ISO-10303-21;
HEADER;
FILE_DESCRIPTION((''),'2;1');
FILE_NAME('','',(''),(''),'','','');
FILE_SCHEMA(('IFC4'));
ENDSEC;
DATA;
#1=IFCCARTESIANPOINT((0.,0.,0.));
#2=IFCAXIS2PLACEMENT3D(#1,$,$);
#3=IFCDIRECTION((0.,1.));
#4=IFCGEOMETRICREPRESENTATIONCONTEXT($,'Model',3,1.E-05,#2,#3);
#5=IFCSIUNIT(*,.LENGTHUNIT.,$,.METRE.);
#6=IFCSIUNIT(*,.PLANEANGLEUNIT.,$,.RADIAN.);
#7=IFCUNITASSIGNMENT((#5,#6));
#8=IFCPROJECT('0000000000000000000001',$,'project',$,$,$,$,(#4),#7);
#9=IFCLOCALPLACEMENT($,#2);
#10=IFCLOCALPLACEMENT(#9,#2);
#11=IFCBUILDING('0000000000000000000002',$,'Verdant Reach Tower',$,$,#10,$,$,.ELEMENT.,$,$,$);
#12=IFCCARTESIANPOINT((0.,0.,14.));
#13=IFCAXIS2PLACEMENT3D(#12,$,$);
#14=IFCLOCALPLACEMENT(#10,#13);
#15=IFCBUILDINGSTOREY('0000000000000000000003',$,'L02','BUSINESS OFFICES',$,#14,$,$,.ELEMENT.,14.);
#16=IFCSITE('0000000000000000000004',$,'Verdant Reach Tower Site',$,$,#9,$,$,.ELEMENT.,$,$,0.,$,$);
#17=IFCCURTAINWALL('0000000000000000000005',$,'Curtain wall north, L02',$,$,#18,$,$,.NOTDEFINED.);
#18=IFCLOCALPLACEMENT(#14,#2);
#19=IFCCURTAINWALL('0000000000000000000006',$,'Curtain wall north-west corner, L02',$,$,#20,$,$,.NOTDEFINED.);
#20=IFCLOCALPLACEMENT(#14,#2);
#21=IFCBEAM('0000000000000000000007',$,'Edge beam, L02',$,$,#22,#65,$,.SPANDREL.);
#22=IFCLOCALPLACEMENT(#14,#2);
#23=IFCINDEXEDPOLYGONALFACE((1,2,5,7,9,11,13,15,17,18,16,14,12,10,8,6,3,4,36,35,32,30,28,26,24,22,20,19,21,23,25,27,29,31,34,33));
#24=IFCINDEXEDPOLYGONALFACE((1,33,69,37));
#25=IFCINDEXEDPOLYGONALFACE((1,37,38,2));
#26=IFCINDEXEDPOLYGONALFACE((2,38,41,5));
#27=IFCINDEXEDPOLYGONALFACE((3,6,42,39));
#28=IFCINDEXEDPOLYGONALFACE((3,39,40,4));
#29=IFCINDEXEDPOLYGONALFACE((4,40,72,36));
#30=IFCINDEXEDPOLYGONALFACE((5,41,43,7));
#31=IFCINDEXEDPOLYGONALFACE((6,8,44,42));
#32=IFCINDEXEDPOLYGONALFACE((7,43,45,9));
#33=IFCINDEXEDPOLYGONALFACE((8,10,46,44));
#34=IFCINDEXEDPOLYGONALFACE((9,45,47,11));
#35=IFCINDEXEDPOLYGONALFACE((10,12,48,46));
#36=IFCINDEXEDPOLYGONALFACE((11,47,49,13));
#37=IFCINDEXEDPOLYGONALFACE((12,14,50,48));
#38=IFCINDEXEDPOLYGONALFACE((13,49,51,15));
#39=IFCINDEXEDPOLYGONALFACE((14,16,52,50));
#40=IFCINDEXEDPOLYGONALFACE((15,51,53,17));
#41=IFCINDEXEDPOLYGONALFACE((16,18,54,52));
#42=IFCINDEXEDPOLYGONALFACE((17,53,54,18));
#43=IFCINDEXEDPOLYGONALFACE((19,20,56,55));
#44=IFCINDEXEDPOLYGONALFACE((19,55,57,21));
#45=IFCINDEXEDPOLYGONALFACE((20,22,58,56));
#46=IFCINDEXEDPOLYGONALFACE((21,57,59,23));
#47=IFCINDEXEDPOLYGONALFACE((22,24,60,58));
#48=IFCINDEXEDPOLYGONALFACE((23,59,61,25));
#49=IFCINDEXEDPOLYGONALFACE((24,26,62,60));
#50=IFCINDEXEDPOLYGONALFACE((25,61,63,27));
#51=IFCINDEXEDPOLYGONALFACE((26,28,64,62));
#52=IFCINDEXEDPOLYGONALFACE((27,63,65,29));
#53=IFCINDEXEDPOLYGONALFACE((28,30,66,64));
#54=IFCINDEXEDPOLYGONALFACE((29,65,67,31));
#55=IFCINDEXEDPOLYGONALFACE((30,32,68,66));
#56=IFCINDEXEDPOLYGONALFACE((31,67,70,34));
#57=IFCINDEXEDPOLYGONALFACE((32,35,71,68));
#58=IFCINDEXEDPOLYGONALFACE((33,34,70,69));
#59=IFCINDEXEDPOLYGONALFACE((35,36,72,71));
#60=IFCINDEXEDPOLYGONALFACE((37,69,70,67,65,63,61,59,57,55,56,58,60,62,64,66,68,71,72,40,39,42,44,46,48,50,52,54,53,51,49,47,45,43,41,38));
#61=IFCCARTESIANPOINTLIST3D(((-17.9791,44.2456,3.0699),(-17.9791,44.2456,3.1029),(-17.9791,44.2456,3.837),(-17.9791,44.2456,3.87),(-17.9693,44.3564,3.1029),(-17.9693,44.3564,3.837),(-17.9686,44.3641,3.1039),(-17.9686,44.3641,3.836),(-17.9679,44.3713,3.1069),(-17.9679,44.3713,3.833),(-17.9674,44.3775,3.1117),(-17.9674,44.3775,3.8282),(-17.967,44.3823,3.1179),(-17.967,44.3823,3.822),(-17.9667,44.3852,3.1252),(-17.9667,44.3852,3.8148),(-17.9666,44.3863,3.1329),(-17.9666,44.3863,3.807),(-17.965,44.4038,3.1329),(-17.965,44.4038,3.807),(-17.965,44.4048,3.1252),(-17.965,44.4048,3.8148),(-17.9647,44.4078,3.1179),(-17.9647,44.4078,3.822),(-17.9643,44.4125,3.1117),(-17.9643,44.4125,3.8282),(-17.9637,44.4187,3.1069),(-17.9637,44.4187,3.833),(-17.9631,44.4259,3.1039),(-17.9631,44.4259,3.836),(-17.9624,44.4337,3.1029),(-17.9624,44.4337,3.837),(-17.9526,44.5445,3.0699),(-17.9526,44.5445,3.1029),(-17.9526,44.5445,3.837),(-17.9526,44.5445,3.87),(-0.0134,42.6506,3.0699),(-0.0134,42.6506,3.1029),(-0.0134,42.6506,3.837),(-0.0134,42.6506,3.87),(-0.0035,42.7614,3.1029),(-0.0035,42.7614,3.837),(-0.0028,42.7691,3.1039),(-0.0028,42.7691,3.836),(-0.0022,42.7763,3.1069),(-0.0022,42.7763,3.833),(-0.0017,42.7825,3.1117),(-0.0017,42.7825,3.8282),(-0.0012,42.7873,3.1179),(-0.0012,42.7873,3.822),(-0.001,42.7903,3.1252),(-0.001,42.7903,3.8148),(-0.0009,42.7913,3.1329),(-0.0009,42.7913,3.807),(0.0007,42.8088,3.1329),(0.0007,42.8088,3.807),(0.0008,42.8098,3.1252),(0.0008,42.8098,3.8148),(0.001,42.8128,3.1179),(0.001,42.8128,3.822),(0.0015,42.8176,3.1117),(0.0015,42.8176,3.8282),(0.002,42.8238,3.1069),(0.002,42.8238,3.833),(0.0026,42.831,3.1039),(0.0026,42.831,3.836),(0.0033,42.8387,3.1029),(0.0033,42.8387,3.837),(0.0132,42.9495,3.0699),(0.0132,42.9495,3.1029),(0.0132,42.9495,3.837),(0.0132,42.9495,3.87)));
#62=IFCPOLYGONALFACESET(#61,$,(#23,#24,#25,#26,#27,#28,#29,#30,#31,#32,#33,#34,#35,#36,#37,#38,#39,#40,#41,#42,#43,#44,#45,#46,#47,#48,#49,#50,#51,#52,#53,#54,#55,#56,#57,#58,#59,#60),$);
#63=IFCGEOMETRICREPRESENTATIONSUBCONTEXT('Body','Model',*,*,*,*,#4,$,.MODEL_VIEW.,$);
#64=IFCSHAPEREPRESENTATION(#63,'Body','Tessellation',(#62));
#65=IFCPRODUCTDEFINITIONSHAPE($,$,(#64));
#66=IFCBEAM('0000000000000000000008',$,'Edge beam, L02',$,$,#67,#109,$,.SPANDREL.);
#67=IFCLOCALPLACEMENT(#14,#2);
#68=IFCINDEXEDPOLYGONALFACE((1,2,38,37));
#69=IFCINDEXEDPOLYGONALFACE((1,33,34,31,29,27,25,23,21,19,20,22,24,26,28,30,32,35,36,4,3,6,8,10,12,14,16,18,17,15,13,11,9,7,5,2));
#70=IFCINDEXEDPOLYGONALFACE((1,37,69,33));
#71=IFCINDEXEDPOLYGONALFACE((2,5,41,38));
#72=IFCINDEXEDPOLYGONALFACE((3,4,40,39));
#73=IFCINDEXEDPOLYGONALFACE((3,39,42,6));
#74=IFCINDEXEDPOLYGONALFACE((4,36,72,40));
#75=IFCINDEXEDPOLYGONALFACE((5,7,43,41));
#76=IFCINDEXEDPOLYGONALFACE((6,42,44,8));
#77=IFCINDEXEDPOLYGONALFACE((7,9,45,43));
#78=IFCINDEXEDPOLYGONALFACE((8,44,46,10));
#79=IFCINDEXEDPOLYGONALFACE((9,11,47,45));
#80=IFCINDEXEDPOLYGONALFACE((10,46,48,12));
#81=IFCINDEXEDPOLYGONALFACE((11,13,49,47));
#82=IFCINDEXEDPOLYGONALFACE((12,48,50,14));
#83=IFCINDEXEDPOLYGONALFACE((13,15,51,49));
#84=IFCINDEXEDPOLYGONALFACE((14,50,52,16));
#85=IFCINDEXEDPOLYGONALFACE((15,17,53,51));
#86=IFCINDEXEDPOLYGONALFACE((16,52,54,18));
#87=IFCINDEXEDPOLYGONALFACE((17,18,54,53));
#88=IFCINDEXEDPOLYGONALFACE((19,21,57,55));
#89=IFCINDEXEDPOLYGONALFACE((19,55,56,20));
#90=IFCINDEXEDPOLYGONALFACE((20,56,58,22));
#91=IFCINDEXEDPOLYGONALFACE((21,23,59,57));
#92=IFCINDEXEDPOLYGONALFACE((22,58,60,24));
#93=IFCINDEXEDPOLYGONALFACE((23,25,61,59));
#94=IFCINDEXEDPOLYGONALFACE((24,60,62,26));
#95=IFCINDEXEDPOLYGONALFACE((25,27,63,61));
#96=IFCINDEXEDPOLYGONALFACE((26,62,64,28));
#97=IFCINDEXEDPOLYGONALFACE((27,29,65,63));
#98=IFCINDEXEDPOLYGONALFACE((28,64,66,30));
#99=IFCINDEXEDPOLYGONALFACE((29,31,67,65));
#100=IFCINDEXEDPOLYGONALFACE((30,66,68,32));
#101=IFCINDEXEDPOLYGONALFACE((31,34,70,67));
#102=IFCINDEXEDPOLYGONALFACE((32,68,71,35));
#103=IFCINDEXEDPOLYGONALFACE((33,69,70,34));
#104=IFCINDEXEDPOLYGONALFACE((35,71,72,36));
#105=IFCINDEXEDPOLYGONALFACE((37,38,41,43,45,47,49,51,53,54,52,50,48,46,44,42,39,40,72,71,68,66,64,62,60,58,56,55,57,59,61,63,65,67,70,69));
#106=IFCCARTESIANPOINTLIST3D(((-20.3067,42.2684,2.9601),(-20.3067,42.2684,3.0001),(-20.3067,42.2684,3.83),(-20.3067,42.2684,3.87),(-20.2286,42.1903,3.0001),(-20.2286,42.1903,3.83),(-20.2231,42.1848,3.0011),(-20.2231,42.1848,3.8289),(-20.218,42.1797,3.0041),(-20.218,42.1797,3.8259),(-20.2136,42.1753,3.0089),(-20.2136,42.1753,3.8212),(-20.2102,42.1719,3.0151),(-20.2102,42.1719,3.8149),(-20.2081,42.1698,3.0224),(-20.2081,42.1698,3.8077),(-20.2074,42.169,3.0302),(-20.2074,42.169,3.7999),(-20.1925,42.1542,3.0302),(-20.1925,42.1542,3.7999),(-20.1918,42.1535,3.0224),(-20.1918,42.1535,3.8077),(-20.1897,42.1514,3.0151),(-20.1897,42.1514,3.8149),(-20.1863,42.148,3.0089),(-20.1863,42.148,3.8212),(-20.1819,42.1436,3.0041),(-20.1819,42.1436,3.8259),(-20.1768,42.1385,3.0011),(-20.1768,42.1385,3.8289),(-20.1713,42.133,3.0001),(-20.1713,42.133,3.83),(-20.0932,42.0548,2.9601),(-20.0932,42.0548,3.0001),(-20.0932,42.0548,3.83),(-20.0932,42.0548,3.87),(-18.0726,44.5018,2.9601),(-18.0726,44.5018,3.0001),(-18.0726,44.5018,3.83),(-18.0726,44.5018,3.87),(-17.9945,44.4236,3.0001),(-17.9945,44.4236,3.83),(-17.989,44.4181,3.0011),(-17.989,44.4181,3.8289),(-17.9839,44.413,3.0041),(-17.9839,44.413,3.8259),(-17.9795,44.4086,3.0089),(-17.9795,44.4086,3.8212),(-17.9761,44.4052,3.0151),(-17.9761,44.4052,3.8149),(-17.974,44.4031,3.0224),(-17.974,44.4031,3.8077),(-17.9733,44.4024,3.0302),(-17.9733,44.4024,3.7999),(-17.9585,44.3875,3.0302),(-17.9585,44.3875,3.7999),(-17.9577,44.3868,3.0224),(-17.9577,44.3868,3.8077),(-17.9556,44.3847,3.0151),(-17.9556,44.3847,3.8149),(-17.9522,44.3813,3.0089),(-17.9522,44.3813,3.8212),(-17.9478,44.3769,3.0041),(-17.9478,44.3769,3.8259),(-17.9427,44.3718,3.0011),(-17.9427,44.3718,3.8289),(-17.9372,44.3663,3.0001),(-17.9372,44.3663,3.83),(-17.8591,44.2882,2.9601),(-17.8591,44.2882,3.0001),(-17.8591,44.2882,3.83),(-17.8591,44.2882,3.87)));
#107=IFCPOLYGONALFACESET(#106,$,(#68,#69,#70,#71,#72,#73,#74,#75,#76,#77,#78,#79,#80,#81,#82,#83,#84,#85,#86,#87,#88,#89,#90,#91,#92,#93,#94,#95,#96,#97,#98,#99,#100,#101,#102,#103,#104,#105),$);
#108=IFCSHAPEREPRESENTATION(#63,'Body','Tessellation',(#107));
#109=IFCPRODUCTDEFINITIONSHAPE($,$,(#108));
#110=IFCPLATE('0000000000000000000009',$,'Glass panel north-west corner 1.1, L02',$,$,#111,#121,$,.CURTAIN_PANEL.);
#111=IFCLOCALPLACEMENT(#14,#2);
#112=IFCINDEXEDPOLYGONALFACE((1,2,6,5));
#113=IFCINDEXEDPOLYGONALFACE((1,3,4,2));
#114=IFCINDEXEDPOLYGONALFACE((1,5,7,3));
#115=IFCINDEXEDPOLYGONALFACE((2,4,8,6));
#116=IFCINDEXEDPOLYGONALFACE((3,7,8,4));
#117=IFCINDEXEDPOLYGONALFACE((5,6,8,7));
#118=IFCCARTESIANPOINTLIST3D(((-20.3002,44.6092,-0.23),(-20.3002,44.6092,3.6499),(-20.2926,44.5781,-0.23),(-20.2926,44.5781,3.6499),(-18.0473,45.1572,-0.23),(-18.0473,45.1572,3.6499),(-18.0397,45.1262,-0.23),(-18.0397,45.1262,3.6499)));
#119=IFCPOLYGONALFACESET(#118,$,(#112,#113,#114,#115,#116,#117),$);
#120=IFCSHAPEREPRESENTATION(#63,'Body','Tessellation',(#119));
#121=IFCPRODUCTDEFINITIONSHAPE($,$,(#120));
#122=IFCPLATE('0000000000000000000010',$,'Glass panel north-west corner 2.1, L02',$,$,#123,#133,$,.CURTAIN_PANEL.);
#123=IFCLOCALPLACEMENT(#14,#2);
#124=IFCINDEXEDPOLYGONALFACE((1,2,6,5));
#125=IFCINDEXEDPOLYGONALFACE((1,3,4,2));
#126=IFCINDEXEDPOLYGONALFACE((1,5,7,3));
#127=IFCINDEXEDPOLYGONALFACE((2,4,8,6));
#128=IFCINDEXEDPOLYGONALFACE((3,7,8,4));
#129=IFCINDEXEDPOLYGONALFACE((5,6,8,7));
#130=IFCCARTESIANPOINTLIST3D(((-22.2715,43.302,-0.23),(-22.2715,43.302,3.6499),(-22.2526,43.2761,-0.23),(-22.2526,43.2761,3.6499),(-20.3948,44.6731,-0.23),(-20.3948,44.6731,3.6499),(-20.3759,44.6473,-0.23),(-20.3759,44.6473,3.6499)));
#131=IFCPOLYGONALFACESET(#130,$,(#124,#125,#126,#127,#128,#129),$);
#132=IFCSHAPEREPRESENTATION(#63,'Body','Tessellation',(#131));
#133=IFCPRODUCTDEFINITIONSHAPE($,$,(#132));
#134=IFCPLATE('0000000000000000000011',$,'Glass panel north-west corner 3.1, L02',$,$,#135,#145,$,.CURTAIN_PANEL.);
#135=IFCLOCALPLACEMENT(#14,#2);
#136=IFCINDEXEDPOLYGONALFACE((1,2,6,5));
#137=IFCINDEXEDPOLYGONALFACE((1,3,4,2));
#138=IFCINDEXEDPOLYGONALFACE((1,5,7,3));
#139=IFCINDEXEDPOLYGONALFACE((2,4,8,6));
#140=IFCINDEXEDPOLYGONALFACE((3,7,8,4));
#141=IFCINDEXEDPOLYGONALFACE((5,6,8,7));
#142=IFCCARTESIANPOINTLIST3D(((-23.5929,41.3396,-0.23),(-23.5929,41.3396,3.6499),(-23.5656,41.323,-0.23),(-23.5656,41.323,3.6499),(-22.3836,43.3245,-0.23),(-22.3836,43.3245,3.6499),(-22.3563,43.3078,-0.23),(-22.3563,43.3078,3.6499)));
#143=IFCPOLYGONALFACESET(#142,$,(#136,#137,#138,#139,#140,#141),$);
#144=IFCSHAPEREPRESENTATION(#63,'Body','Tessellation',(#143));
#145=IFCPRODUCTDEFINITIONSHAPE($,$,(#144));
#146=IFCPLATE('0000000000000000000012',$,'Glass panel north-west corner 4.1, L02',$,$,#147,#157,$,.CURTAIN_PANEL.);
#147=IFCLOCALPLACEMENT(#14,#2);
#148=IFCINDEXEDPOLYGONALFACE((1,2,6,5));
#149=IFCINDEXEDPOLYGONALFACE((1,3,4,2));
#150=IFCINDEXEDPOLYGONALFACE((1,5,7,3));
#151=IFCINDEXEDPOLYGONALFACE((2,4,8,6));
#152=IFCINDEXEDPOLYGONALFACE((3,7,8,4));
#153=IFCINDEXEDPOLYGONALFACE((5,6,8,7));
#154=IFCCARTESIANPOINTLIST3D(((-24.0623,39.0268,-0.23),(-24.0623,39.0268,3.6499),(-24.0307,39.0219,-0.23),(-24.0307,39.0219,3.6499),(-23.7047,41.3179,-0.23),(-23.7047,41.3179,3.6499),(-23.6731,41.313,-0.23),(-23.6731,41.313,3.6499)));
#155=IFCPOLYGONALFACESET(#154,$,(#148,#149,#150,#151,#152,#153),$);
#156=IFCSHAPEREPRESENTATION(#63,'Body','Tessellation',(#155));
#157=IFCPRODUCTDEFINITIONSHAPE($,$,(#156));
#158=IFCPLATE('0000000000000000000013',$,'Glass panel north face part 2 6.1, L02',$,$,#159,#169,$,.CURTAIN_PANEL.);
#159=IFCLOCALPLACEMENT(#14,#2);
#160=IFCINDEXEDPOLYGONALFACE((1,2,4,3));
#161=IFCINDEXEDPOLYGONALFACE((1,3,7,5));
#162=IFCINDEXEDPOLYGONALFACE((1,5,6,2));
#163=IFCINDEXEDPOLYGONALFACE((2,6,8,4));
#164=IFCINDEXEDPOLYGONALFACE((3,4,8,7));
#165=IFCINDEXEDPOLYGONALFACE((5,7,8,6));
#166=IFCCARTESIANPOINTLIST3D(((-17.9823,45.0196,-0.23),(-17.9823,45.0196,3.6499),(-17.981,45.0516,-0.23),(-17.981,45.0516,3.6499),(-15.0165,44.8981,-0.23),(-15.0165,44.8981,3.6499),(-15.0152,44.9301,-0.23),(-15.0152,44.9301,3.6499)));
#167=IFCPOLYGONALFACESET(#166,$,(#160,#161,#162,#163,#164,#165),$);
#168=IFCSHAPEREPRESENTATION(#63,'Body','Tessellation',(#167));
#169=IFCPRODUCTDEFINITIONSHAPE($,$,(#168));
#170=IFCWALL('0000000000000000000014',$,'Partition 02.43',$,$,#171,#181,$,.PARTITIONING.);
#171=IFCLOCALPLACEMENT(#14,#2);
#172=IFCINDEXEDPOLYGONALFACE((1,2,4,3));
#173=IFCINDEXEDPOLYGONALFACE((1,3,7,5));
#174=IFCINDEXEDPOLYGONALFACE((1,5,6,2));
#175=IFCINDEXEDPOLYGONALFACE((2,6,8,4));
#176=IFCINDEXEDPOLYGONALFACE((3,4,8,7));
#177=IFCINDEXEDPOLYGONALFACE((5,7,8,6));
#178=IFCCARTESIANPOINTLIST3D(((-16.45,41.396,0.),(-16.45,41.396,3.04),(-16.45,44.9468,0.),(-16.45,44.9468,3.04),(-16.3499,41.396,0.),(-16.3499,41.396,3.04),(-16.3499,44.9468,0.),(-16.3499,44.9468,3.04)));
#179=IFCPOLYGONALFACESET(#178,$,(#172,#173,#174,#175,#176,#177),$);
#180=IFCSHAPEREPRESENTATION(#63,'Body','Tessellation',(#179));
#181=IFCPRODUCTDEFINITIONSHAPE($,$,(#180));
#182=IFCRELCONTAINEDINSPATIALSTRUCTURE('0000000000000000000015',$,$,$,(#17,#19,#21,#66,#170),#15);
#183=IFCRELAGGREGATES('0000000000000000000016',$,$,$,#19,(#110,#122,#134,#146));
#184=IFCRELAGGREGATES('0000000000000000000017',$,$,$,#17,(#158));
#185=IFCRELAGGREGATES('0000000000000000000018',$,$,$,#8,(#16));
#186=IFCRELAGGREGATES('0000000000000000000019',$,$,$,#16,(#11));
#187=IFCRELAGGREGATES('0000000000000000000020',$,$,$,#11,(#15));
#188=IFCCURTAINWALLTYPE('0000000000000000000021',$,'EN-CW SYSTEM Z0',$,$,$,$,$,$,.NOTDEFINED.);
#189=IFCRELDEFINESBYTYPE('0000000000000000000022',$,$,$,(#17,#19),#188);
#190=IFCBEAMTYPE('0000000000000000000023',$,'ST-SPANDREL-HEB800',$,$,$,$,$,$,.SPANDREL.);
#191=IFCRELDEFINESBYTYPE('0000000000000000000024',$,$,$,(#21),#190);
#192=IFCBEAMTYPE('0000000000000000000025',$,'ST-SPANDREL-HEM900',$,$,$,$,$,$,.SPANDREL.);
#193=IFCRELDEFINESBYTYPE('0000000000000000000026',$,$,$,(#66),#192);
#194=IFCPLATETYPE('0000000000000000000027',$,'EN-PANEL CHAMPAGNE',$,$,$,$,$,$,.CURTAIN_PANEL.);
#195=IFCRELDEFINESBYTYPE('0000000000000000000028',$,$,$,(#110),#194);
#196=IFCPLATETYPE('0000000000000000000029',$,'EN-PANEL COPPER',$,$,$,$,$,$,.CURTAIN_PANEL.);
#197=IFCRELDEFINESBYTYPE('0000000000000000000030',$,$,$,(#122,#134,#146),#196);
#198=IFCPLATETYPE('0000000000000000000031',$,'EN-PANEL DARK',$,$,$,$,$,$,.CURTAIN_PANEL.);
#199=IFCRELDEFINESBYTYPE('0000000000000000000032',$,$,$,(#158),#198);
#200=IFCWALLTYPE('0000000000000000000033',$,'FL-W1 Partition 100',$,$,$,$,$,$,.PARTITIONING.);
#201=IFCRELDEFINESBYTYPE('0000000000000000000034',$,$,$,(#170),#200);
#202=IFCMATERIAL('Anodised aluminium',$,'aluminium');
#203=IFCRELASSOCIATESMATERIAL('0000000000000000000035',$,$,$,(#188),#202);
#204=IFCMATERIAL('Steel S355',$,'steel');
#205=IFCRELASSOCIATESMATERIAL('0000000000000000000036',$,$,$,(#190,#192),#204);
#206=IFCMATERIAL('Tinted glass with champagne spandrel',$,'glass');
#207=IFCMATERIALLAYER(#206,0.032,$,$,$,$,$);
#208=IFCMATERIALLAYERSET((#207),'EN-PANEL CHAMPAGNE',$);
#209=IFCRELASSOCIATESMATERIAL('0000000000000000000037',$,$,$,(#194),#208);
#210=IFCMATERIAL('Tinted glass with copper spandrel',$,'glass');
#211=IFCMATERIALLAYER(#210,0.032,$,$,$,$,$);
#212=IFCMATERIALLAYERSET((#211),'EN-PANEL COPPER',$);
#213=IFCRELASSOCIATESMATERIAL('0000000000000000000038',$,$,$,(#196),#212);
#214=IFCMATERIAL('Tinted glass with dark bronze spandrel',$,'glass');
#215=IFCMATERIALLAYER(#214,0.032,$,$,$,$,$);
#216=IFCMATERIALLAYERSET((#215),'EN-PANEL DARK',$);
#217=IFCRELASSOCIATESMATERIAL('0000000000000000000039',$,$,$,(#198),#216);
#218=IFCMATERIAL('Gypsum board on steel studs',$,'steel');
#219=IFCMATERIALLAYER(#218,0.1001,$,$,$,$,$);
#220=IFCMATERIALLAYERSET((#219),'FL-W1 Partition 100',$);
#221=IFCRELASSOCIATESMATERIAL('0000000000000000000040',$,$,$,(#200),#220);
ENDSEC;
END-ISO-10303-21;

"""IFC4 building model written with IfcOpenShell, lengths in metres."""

from ifc_helpers import new_model, si_unit, direction, frame, frame_2d, origin, origin_2d, place, context, subcontext, project, spatial, rectangle, i_section, extrude, material, layer, layer_set, material_profile, profile_set, type_object, element, aggregate, save


model = new_model("IFC4")

# Units and contexts
model_context = context("Model", 3, precision=1e-05, world=origin(), true_north=direction((0.0, 1.0)))
body_context = subcontext(model_context, "Body", "Model", "MODEL_VIEW")
ifc_project = project(units=[si_unit("LENGTHUNIT", "METRE"), si_unit("PLANEANGLEUNIT", "RADIAN")], contexts=[model_context])

# Site, building, storey
site_placement = place(None, origin())
site = spatial("IfcSite", under=ifc_project, at=site_placement, Name="Verdant Reach Tower Site", CompositionType="ELEMENT", RefElevation=0.0)
building_placement = place(site_placement, origin())
building = spatial("IfcBuilding", under=site, at=building_placement, Name="Verdant Reach Tower", CompositionType="ELEMENT")
storey_placement = place(building_placement, frame((0.0, 0.0, 14.0)))
storey = spatial("IfcBuildingStorey", under=building, at=storey_placement, Name="L02", Description="BUSINESS OFFICES", CompositionType="ELEMENT", Elevation=14.0)

# Curtain wall
ifc_material_1 = material(Name="Anodised aluminium", Category="aluminium")
curtain_wall_type = type_object("IfcCurtainWallType", Name="EN-CW SYSTEM Z0", PredefinedType="NOTDEFINED", material=ifc_material_1)
curtain_wall_1_placement = place(storey_placement, origin())
curtain_wall_1 = element("IfcCurtainWall", 1, at=curtain_wall_1_placement, inside=storey, type_object=curtain_wall_type, Name="Curtain wall north, L02", PredefinedType="NOTDEFINED")

# Curtain wall
curtain_wall_2_placement = place(storey_placement, origin())
curtain_wall_2 = element("IfcCurtainWall", 2, at=curtain_wall_2_placement, inside=storey, type_object=curtain_wall_type, Name="Curtain wall north-west corner, L02", PredefinedType="NOTDEFINED")

# Beams
ifc_material_2 = material(Name="Steel S355", Category="steel")
ifc_material_profile_1 = material_profile(ifc_material_2, i_section(OverallWidth=0.3, OverallDepth=0.8, WebThickness=0.0176, FlangeThickness=0.033, FilletRadius=0.03, at=origin_2d()), Name="HEB 800")
ifc_profile_set_1 = profile_set([ifc_material_profile_1], Name="Steel S355")
beam_type_1 = type_object("IfcBeamType", Name="ST-SPANDREL-HEB800", PredefinedType="SPANDREL", material=ifc_profile_set_1)
beam_1_placement = place(storey_placement, frame((-17.9658, 44.395, 3.47), z_axis=(0.996082, -0.08843, 0.0), x_axis=(0.08843, 0.996082, 0.0)))
element("IfcBeam", 3, at=beam_1_placement, inside=storey, type_object=beam_type_1, Name="Edge beam, L02", PredefinedType="SPANDREL", context=body_context, shape_type="SweptSolid", body=[
    extrude(i_section(OverallWidth=0.3, OverallDepth=0.8, WebThickness=0.0176, FlangeThickness=0.033, FilletRadius=0.03, at=origin_2d()), origin(), (0.0, 0.0, 1.0), 18.0364),
])
ifc_material_profile_2 = material_profile(ifc_material_2, i_section(OverallWidth=0.302, OverallDepth=0.9099, WebThickness=0.021, FlangeThickness=0.04, FilletRadius=0.03, at=origin_2d()), Name="HEM 900")
ifc_profile_set_2 = profile_set([ifc_material_profile_2], Name="Steel S355")
beam_type_2 = type_object("IfcBeamType", Name="ST-SPANDREL-HEM900", PredefinedType="SPANDREL", material=ifc_profile_set_2)
beam_2_placement = place(storey_placement, frame((-20.2, 42.1616, 3.415), z_axis=(0.707223, 0.706991, 0.0), x_axis=(-0.706991, 0.707223, 0.0)))
element("IfcBeam", 4, at=beam_2_placement, inside=storey, type_object=beam_type_2, Name="Edge beam, L02", PredefinedType="SPANDREL", context=body_context, shape_type="SweptSolid", body=[
    extrude(i_section(OverallWidth=0.302, OverallDepth=0.9099, WebThickness=0.021, FlangeThickness=0.04, FilletRadius=0.03, at=origin_2d()), origin(), (0.0, 0.0, 1.0), 3.1589),
])

# Plates
ifc_material_3 = material(Name="Tinted glass with champagne spandrel", Category="glass")
ifc_layer_1 = layer(ifc_material_3, 0.032)
ifc_layer_set_1 = layer_set([ifc_layer_1], Name="EN-PANEL CHAMPAGNE")
plate_type_1 = type_object("IfcPlateType", Name="EN-PANEL CHAMPAGNE", PredefinedType="CURTAIN_PANEL", material=ifc_layer_set_1)
plate_1_placement = place(storey_placement, frame((-19.1699, 44.8677, -0.23), z_axis=(0.0, 0.0, 1.0), x_axis=(-0.971663, -0.236369, 0.0)))
plate_1 = element("IfcPlate", 5, at=plate_1_placement, type_object=plate_type_1, Name="Glass panel north-west corner 1.1, L02", PredefinedType="CURTAIN_PANEL", context=body_context, shape_type="SweptSolid", body=[
    extrude(rectangle(XDim=2.3186, YDim=0.032, at=origin_2d()), origin(), (0.0, 0.0, 1.0), 3.8799),
])
ifc_material_4 = material(Name="Tinted glass with copper spandrel", Category="glass")
ifc_layer_2 = layer(ifc_material_4, 0.032)
ifc_layer_set_2 = layer_set([ifc_layer_2], Name="EN-PANEL COPPER")
plate_type_2 = type_object("IfcPlateType", Name="EN-PANEL COPPER", PredefinedType="CURTAIN_PANEL", material=ifc_layer_set_2)
plate_2_placement = place(storey_placement, frame((-21.3237, 43.9746, -0.23), z_axis=(0.0, 0.0, 1.0), x_axis=(-0.807457, -0.589927, 0.0)))
plate_2 = element("IfcPlate", 6, at=plate_2_placement, type_object=plate_type_2, Name="Glass panel north-west corner 2.1, L02", PredefinedType="CURTAIN_PANEL", context=body_context, shape_type="SweptSolid", body=[
    extrude(rectangle(XDim=2.3242, YDim=0.032, at=origin_2d()), origin(), (0.0, 0.0, 1.0), 3.8799),
])
plate_3_placement = place(storey_placement, frame((-22.9746, 42.3237, -0.23), z_axis=(0.0, 0.0, 1.0), x_axis=(-0.520292, -0.853989, 0.0)))
plate_3 = element("IfcPlate", 7, at=plate_3_placement, type_object=plate_type_2, Name="Glass panel north-west corner 3.1, L02", PredefinedType="CURTAIN_PANEL", context=body_context, shape_type="SweptSolid", body=[
    extrude(rectangle(XDim=2.3242, YDim=0.032, at=origin_2d()), origin(), (0.0, 0.0, 1.0), 3.8799),
])
plate_4_placement = place(storey_placement, frame((-23.8677, 40.1699, -0.23), z_axis=(0.0, 0.0, 1.0), x_axis=(-0.154211, -0.988038, 0.0)))
plate_4 = element("IfcPlate", 8, at=plate_4_placement, type_object=plate_type_2, Name="Glass panel north-west corner 4.1, L02", PredefinedType="CURTAIN_PANEL", context=body_context, shape_type="SweptSolid", body=[
    extrude(rectangle(XDim=2.3188, YDim=0.032, at=origin_2d()), origin(), (0.0, 0.0, 1.0), 3.8799),
])
aggregate(curtain_wall_2, [plate_1, plate_2, plate_3, plate_4])
ifc_material_5 = material(Name="Tinted glass with dark bronze spandrel", Category="glass")
ifc_layer_3 = layer(ifc_material_5, 0.032)
ifc_layer_set_3 = layer_set([ifc_layer_3], Name="EN-PANEL DARK")
plate_type_3 = type_object("IfcPlateType", Name="EN-PANEL DARK", PredefinedType="CURTAIN_PANEL", material=ifc_layer_set_3)
plate_5_placement = place(storey_placement, frame((-16.4988, 44.9749, -0.23), z_axis=(0.0, 0.0, 1.0), x_axis=(-0.999162, 0.04092, 0.0)))
plate_5 = element("IfcPlate", 9, at=plate_5_placement, type_object=plate_type_3, Name="Glass panel north face part 2 6.1, L02", PredefinedType="CURTAIN_PANEL", context=body_context, shape_type="SweptSolid", body=[
    extrude(rectangle(XDim=2.9683, YDim=0.032, at=origin_2d()), origin(), (0.0, 0.0, 1.0), 3.8799),
])
aggregate(curtain_wall_1, [plate_5])

# Wall
ifc_material_6 = material(Name="Gypsum board on steel studs", Category="steel")
ifc_layer_4 = layer(ifc_material_6, 0.1001)
ifc_layer_set_4 = layer_set([ifc_layer_4], Name="FL-W1 Partition 100")
wall_type_1 = type_object("IfcWallType", Name="FL-W1 Partition 100", PredefinedType="PARTITIONING", material=ifc_layer_set_4)
wall_1_placement = place(storey_placement, frame((-16.3999, 44.9468, 0.0), z_axis=(0.0, 0.0, 1.0), x_axis=(0.0, -1.0, 0.0)))
element("IfcWall", 10, at=wall_1_placement, inside=storey, type_object=wall_type_1, Name="Partition 02.43", PredefinedType="PARTITIONING", context=body_context, shape_type="SweptSolid", body=[
    extrude(rectangle(XDim=3.5508, YDim=0.1001, at=frame_2d((1.7754, 0.0))), origin(), (0.0, 0.0, 1.0), 3.04),
])

save(model, "model.ifc")
